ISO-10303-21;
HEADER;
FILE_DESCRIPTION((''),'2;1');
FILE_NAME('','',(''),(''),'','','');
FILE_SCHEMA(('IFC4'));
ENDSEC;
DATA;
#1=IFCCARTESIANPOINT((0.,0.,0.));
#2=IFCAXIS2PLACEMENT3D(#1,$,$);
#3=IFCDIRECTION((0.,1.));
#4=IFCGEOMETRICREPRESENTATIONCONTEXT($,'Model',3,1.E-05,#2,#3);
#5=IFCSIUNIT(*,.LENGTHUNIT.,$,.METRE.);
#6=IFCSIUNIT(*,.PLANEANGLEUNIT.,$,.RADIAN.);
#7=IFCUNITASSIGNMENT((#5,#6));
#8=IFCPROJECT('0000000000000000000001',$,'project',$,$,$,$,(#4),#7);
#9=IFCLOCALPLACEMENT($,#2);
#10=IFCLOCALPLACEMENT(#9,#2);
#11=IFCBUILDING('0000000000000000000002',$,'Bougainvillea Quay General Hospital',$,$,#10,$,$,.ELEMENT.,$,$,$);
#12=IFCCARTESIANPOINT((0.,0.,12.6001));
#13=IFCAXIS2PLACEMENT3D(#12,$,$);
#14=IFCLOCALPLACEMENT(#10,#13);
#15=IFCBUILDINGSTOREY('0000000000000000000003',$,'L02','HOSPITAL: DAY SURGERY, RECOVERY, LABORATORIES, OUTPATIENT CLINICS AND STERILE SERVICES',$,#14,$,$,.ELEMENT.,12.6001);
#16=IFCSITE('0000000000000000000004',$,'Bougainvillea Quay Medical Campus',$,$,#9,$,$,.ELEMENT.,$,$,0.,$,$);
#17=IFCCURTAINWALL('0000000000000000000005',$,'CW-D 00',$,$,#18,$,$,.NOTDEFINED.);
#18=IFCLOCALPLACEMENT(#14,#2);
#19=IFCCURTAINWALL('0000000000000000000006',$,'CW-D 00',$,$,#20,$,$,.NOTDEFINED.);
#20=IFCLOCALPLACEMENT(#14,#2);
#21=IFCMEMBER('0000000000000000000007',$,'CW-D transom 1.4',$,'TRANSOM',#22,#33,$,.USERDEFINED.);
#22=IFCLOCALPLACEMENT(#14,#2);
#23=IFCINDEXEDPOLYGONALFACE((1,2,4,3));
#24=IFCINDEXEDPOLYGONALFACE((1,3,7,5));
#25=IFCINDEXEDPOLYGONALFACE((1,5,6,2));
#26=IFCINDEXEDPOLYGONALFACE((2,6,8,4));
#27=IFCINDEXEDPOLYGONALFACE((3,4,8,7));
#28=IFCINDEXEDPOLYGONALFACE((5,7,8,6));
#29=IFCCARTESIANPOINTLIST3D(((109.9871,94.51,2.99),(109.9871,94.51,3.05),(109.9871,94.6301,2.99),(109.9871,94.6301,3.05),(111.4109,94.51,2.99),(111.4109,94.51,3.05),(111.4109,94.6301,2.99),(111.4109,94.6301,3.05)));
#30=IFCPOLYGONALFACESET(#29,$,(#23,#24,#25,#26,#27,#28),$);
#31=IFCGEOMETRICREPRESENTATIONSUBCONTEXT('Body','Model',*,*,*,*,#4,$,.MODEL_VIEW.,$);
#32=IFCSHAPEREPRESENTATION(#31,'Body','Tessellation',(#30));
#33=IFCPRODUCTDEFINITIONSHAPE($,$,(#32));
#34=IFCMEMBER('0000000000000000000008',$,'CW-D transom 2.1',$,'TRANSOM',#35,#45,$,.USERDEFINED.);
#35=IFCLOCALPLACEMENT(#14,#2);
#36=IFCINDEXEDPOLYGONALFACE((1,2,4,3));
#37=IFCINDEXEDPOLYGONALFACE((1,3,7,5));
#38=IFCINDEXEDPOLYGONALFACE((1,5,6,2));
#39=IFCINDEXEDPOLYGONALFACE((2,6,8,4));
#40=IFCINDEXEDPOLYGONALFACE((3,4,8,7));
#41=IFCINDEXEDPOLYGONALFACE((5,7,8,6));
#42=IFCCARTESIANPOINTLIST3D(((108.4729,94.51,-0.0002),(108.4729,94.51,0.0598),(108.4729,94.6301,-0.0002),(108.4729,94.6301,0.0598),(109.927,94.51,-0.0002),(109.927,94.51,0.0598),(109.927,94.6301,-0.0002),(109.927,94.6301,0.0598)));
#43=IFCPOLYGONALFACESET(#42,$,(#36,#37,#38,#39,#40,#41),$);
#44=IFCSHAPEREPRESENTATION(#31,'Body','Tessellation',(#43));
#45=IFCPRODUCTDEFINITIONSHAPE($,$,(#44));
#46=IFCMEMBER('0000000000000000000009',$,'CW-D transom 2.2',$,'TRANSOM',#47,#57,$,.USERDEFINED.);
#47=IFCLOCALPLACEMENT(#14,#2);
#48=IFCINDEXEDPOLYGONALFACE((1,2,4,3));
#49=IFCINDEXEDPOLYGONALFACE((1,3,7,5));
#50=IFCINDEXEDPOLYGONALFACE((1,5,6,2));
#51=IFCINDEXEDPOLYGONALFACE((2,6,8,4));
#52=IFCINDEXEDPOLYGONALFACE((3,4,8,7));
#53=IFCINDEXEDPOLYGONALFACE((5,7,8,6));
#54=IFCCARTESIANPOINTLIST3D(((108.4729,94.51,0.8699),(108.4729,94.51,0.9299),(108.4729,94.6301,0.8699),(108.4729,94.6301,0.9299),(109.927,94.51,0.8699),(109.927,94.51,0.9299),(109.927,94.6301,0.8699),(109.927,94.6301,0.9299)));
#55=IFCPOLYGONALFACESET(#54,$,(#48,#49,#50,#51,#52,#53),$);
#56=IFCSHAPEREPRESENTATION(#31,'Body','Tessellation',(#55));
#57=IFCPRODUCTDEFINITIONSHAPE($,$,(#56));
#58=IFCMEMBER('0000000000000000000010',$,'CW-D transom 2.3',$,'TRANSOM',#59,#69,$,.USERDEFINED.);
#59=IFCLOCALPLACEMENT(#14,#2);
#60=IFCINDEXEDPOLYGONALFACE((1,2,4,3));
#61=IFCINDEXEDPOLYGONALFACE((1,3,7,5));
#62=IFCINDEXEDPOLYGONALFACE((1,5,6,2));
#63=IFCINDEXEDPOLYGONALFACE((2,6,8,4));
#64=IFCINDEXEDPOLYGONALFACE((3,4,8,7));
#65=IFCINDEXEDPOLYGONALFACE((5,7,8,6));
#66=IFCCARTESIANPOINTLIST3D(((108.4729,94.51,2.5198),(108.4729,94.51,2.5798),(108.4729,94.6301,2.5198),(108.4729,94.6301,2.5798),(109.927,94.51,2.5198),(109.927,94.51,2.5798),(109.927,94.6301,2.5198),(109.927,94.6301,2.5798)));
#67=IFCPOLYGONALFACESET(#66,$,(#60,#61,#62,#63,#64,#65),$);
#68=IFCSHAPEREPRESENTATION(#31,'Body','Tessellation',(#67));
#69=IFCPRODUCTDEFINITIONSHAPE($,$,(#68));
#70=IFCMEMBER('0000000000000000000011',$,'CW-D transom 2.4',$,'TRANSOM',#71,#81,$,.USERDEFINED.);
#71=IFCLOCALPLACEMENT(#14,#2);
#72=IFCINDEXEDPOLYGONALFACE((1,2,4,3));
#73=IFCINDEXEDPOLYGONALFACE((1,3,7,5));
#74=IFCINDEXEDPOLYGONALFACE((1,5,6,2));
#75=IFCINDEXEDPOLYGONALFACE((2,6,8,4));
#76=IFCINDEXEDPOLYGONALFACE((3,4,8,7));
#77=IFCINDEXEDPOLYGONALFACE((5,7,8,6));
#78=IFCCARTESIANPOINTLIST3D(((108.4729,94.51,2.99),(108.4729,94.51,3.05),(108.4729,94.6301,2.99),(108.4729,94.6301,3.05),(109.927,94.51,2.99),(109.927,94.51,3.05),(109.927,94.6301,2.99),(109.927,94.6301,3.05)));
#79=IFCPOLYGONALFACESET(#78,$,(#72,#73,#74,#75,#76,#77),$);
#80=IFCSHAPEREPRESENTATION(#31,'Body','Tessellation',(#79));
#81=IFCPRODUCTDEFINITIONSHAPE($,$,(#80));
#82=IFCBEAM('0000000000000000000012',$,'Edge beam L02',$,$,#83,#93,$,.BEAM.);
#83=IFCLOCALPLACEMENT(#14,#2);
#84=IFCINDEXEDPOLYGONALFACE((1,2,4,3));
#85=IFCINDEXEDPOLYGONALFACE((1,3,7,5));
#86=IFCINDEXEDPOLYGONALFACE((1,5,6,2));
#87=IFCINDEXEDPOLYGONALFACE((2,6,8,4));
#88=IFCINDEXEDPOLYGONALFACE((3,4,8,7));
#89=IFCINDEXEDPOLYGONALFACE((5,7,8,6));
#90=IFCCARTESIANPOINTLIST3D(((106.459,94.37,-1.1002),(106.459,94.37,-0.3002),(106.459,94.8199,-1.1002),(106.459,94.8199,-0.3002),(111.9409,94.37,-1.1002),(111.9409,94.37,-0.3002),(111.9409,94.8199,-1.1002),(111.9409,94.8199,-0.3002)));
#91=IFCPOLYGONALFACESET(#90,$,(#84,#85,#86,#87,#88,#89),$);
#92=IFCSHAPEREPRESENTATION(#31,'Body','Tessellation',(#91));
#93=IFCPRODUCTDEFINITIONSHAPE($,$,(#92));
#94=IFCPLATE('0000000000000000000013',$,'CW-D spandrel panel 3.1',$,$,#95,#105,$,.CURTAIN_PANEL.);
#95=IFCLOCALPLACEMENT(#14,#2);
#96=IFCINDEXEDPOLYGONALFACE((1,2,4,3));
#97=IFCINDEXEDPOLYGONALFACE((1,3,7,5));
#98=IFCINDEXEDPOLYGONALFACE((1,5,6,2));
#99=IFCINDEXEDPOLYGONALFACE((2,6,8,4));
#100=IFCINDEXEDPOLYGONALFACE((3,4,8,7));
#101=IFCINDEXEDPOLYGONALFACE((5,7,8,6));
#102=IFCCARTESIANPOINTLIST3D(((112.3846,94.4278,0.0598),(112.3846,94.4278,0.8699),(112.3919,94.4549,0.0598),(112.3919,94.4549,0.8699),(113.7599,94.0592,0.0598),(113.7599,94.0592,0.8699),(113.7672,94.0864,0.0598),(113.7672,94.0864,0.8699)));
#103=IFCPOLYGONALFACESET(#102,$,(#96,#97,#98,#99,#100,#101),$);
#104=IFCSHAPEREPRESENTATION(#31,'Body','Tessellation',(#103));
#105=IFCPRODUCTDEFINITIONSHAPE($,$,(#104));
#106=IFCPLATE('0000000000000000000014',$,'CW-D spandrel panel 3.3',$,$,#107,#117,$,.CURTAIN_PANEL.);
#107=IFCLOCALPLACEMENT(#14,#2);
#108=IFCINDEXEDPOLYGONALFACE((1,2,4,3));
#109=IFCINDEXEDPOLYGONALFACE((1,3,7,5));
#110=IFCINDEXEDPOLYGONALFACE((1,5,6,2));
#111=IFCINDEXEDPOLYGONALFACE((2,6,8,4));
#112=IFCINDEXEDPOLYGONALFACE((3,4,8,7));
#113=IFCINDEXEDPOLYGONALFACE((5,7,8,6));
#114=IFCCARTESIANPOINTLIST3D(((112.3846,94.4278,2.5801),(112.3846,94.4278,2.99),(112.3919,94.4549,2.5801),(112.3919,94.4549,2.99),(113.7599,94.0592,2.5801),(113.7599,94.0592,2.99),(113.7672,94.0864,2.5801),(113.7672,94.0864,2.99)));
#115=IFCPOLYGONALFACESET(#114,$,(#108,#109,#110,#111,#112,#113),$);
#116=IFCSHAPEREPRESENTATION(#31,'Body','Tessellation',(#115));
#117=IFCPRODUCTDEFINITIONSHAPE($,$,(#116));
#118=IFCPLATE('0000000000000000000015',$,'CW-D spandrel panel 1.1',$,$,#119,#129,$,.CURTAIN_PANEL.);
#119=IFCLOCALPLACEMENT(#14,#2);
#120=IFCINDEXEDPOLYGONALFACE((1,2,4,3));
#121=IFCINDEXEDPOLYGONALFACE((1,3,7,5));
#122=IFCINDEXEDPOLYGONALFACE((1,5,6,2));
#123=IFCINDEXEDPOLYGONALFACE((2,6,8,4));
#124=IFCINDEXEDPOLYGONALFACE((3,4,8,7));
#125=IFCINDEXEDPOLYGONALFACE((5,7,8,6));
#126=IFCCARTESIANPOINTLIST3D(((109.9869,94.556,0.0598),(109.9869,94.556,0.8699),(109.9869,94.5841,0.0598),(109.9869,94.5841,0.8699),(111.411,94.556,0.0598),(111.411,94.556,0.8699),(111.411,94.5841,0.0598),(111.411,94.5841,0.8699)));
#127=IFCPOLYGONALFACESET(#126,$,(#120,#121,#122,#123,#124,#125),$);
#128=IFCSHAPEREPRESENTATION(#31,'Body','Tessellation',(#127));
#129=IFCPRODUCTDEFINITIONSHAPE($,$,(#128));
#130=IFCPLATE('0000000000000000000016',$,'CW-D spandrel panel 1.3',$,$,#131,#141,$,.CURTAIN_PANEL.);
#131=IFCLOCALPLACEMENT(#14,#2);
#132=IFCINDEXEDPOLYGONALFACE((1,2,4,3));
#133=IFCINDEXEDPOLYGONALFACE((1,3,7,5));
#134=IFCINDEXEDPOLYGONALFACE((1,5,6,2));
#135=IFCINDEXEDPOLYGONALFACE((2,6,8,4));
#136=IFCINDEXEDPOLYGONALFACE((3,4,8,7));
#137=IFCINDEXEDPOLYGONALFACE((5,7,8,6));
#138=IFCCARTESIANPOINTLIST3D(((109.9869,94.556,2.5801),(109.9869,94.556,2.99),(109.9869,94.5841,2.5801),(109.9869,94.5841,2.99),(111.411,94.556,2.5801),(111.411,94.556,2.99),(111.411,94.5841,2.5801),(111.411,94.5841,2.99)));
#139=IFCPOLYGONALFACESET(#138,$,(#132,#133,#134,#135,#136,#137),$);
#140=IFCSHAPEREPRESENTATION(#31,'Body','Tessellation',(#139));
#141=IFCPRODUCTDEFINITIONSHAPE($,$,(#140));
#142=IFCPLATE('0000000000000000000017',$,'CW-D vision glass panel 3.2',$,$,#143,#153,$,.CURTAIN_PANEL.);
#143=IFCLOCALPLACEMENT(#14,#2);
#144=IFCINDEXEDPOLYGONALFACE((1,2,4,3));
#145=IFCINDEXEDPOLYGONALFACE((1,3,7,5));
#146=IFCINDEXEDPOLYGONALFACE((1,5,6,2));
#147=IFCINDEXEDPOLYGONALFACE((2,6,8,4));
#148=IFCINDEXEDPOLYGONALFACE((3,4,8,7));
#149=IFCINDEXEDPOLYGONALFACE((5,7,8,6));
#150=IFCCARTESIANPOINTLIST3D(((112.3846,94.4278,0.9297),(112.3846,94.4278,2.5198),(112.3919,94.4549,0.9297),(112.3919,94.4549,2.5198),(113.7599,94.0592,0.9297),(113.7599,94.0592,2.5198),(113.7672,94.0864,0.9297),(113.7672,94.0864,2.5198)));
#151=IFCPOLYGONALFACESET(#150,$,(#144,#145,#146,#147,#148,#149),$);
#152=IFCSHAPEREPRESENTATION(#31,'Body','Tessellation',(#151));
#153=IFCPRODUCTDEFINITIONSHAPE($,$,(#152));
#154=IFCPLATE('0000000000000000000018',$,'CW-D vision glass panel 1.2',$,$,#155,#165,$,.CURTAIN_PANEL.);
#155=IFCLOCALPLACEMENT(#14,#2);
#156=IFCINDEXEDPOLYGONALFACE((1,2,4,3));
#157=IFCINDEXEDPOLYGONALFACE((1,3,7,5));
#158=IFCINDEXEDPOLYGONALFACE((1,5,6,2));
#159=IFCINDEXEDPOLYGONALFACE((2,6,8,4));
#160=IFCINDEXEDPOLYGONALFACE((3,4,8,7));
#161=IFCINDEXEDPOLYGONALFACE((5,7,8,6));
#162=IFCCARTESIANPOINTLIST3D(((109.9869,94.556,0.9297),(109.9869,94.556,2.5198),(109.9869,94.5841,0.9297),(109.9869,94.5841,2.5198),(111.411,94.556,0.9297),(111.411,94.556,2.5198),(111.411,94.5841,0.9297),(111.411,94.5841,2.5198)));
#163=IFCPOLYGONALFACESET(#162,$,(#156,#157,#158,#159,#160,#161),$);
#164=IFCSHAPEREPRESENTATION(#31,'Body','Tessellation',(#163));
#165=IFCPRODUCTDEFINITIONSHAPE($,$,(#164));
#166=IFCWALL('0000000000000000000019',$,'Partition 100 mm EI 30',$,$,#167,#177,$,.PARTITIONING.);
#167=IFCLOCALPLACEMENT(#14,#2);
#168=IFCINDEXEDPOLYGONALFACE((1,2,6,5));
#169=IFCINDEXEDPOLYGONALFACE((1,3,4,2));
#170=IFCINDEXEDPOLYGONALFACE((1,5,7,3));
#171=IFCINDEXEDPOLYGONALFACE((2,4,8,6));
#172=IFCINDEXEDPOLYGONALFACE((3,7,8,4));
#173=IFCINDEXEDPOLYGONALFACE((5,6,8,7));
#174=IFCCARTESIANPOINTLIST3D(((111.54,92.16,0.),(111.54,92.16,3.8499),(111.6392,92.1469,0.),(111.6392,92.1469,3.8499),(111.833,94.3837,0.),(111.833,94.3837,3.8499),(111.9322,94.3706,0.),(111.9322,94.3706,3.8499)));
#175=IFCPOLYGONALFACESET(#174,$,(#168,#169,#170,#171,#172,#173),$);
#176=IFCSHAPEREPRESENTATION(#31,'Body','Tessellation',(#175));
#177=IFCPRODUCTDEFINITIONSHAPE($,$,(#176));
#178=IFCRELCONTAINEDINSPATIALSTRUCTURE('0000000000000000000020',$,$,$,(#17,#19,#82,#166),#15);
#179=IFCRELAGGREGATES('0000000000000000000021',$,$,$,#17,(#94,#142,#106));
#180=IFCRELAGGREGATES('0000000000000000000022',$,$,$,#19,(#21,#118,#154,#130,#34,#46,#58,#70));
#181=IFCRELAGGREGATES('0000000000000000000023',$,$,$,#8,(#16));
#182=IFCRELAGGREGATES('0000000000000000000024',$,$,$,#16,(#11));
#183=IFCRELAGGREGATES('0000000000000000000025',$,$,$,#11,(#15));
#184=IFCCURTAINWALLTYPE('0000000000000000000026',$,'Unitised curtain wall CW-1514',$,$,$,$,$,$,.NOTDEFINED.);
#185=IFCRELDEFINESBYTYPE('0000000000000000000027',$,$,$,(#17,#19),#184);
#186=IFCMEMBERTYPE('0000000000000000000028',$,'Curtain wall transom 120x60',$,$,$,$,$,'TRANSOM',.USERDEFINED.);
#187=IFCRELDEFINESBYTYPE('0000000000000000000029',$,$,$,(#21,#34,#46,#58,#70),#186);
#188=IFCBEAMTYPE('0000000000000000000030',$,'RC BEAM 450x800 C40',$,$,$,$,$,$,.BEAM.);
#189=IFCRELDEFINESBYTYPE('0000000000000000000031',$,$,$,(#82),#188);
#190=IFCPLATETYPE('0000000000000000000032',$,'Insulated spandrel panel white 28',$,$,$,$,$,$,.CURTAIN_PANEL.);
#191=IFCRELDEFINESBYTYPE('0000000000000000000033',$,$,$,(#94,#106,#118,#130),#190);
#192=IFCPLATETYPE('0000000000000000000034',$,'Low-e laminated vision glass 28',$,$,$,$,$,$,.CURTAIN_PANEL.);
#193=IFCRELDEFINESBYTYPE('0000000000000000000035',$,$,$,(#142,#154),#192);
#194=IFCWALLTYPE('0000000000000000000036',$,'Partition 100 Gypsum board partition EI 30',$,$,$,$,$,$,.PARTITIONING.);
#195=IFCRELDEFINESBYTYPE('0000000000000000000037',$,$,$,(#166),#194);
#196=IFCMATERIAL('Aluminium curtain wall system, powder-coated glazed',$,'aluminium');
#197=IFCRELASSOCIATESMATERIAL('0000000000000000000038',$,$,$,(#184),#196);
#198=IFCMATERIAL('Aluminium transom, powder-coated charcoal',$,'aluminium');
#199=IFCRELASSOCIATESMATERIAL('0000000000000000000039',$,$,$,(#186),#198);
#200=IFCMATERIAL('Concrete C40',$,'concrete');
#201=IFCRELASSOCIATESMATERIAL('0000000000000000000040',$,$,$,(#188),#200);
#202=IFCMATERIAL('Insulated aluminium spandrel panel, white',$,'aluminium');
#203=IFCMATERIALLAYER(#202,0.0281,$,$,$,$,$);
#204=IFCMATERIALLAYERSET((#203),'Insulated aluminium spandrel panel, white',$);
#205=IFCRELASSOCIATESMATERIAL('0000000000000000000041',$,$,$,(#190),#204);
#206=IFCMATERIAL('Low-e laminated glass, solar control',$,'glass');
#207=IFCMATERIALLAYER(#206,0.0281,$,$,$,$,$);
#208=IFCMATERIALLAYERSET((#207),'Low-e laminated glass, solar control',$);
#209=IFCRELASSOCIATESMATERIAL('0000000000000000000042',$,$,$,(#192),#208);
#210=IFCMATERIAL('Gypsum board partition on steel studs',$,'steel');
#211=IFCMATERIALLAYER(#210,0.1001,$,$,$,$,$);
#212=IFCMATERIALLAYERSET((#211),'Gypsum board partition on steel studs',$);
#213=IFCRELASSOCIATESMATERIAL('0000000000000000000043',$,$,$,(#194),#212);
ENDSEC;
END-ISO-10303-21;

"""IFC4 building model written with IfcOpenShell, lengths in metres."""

from ifc_helpers import new_model, si_unit, direction, frame, frame_2d, origin, origin_2d, place, context, subcontext, project, spatial, rectangle, extrude, material, layer, layer_set, material_profile, profile_set, type_object, element, aggregate, save


model = new_model("IFC4")

# Units and contexts
model_context = context("Model", 3, precision=1e-05, world=origin(), true_north=direction((0.0, 1.0)))
body_context = subcontext(model_context, "Body", "Model", "MODEL_VIEW")
ifc_project = project(units=[si_unit("LENGTHUNIT", "METRE"), si_unit("PLANEANGLEUNIT", "RADIAN")], contexts=[model_context])

# Site, building, storey
site_placement = place(None, origin())
site = spatial("IfcSite", under=ifc_project, at=site_placement, Name="Bougainvillea Quay Medical Campus", CompositionType="ELEMENT", RefElevation=0.0)
building_placement = place(site_placement, origin())
building = spatial("IfcBuilding", under=site, at=building_placement, Name="Bougainvillea Quay General Hospital", CompositionType="ELEMENT")
storey_placement = place(building_placement, frame((0.0, 0.0, 12.6001)))
storey = spatial("IfcBuildingStorey", under=building, at=storey_placement, Name="L02", Description="HOSPITAL: DAY SURGERY, RECOVERY, LABORATORIES, OUTPATIENT CLINICS AND STERILE SERVICES", CompositionType="ELEMENT", Elevation=12.6001)

# Shared definitions
ifc_material_1 = material(Name="Concrete C40", Category="concrete")

# Curtain walls
ifc_material_2 = material(Name="Aluminium curtain wall system, powder-coated glazed", Category="aluminium")
curtain_wall_type = type_object("IfcCurtainWallType", Name="Unitised curtain wall CW-1514", PredefinedType="NOTDEFINED", material=ifc_material_2)
curtain_wall_1_placement = place(storey_placement, origin())
curtain_wall_1 = element("IfcCurtainWall", 1, at=curtain_wall_1_placement, inside=storey, type_object=curtain_wall_type, Name="CW-D 00", PredefinedType="NOTDEFINED")
curtain_wall_2_placement = place(storey_placement, origin())
curtain_wall_2 = element("IfcCurtainWall", 2, at=curtain_wall_2_placement, inside=storey, type_object=curtain_wall_type, Name="CW-D 00", PredefinedType="NOTDEFINED")

# Members
ifc_material_3 = material(Name="Aluminium transom, powder-coated charcoal", Category="aluminium")
ifc_material_profile_1 = material_profile(ifc_material_3, rectangle(XDim=0.1201, YDim=0.0601, at=origin_2d()))
ifc_profile_set_1 = profile_set([ifc_material_profile_1], Name="Aluminium transom, powder-coated charcoal")
member_type_1 = type_object("IfcMemberType", Name="Curtain wall transom 120x60", ElementType="TRANSOM", PredefinedType="USERDEFINED", material=ifc_profile_set_1)
member_1_placement = place(storey_placement, frame((111.4109, 94.5701, 3.02), z_axis=(-1.0, 0.0, 0.0), x_axis=(0.0, -1.0, 0.0)))
member_1 = element("IfcMember", 3, at=member_1_placement, type_object=member_type_1, Name="CW-D transom 1.4", ObjectType="TRANSOM", PredefinedType="USERDEFINED", context=body_context, shape_type="SweptSolid", body=[
    extrude(rectangle(XDim=0.1201, YDim=0.0601, at=origin_2d()), origin(), (0.0, 0.0, 1.0), 1.4238),
])
member_2_placement = place(storey_placement, frame((109.927, 94.5701, 0.0298), z_axis=(-1.0, 0.0, 0.0), x_axis=(0.0, -1.0, 0.0)))
member_2 = element("IfcMember", 4, at=member_2_placement, type_object=member_type_1, Name="CW-D transom 2.1", ObjectType="TRANSOM", PredefinedType="USERDEFINED", context=body_context, shape_type="SweptSolid", body=[
    extrude(rectangle(XDim=0.1201, YDim=0.0601, at=origin_2d()), origin(), (0.0, 0.0, 1.0), 1.4541),
])
member_3_placement = place(storey_placement, frame((109.927, 94.5701, 0.8999), z_axis=(-1.0, 0.0, 0.0), x_axis=(0.0, -1.0, 0.0)))
member_3 = element("IfcMember", 5, at=member_3_placement, type_object=member_type_1, Name="CW-D transom 2.2", ObjectType="TRANSOM", PredefinedType="USERDEFINED", context=body_context, shape_type="SweptSolid", body=[
    extrude(rectangle(XDim=0.1201, YDim=0.0601, at=origin_2d()), origin(), (0.0, 0.0, 1.0), 1.4541),
])
member_4_placement = place(storey_placement, frame((109.927, 94.5701, 2.5498), z_axis=(-1.0, 0.0, 0.0), x_axis=(0.0, -1.0, 0.0)))
member_4 = element("IfcMember", 6, at=member_4_placement, type_object=member_type_1, Name="CW-D transom 2.3", ObjectType="TRANSOM", PredefinedType="USERDEFINED", context=body_context, shape_type="SweptSolid", body=[
    extrude(rectangle(XDim=0.1201, YDim=0.0601, at=origin_2d()), origin(), (0.0, 0.0, 1.0), 1.4541),
])
member_5_placement = place(storey_placement, frame((109.927, 94.5701, 3.02), z_axis=(-1.0, 0.0, 0.0), x_axis=(0.0, -1.0, 0.0)))
member_5 = element("IfcMember", 7, at=member_5_placement, type_object=member_type_1, Name="CW-D transom 2.4", ObjectType="TRANSOM", PredefinedType="USERDEFINED", context=body_context, shape_type="SweptSolid", body=[
    extrude(rectangle(XDim=0.1201, YDim=0.0601, at=origin_2d()), origin(), (0.0, 0.0, 1.0), 1.4541),
])

# Beam
ifc_material_profile_2 = material_profile(ifc_material_1, rectangle(XDim=0.45, YDim=0.8, at=origin_2d()))
ifc_profile_set_2 = profile_set([ifc_material_profile_2], Name="Concrete C40")
beam_type = type_object("IfcBeamType", Name="RC BEAM 450x800 C40", PredefinedType="BEAM", material=ifc_profile_set_2)
beam_placement = place(storey_placement, frame((111.9409, 94.595, -0.7002), z_axis=(-1.0, 0.0, 0.0), x_axis=(0.0, -1.0, 0.0)))
element("IfcBeam", 8, at=beam_placement, inside=storey, type_object=beam_type, Name="Edge beam L02", PredefinedType="BEAM", context=body_context, shape_type="SweptSolid", body=[
    extrude(rectangle(XDim=0.45, YDim=0.8, at=origin_2d()), origin(), (0.0, 0.0, 1.0), 5.4819),
])

# Plates
ifc_material_4 = material(Name="Insulated aluminium spandrel panel, white", Category="aluminium")
ifc_layer_1 = layer(ifc_material_4, 0.0281)
ifc_layer_set_1 = layer_set([ifc_layer_1], Name="Insulated aluminium spandrel panel, white")
plate_type_1 = type_object("IfcPlateType", Name="Insulated spandrel panel white 28", PredefinedType="CURTAIN_PANEL", material=ifc_layer_set_1)
plate_1_placement = place(storey_placement, frame((113.0759, 94.2571, 0.0598), z_axis=(0.0, 0.0, 1.0), x_axis=(-0.965916, 0.258855, 0.0)))
plate_1 = element("IfcPlate", 9, at=plate_1_placement, type_object=plate_type_1, Name="CW-D spandrel panel 3.1", PredefinedType="CURTAIN_PANEL", context=body_context, shape_type="SweptSolid", body=[
    extrude(rectangle(XDim=1.4238, YDim=0.0281, at=origin_2d()), origin(), (0.0, 0.0, 1.0), 0.8101),
])
plate_2_placement = place(storey_placement, frame((113.0759, 94.2571, 2.5801), z_axis=(0.0, 0.0, 1.0), x_axis=(-0.965916, 0.258855, 0.0)))
plate_2 = element("IfcPlate", 10, at=plate_2_placement, type_object=plate_type_1, Name="CW-D spandrel panel 3.3", PredefinedType="CURTAIN_PANEL", context=body_context, shape_type="SweptSolid", body=[
    extrude(rectangle(XDim=1.4238, YDim=0.0281, at=origin_2d()), origin(), (0.0, 0.0, 1.0), 0.4099),
])
plate_3_placement = place(storey_placement, frame((110.699, 94.5701, 0.0598), z_axis=(0.0, 0.0, 1.0), x_axis=(-1.0, 0.0, 0.0)))
plate_3 = element("IfcPlate", 11, at=plate_3_placement, type_object=plate_type_1, Name="CW-D spandrel panel 1.1", PredefinedType="CURTAIN_PANEL", context=body_context, shape_type="SweptSolid", body=[
    extrude(rectangle(XDim=1.4241, YDim=0.0281, at=origin_2d()), origin(), (0.0, 0.0, 1.0), 0.8101),
])
plate_4_placement = place(storey_placement, frame((110.699, 94.5701, 2.5801), z_axis=(0.0, 0.0, 1.0), x_axis=(-1.0, 0.0, 0.0)))
plate_4 = element("IfcPlate", 12, at=plate_4_placement, type_object=plate_type_1, Name="CW-D spandrel panel 1.3", PredefinedType="CURTAIN_PANEL", context=body_context, shape_type="SweptSolid", body=[
    extrude(rectangle(XDim=1.4241, YDim=0.0281, at=origin_2d()), origin(), (0.0, 0.0, 1.0), 0.4099),
])
ifc_material_5 = material(Name="Low-e laminated glass, solar control", Category="glass")
ifc_layer_2 = layer(ifc_material_5, 0.0281)
ifc_layer_set_2 = layer_set([ifc_layer_2], Name="Low-e laminated glass, solar control")
plate_type_2 = type_object("IfcPlateType", Name="Low-e laminated vision glass 28", PredefinedType="CURTAIN_PANEL", material=ifc_layer_set_2)
plate_5_placement = place(storey_placement, frame((113.0759, 94.2571, 0.9297), z_axis=(0.0, 0.0, 1.0), x_axis=(-0.965916, 0.258855, 0.0)))
plate_5 = element("IfcPlate", 13, at=plate_5_placement, type_object=plate_type_2, Name="CW-D vision glass panel 3.2", PredefinedType="CURTAIN_PANEL", context=body_context, shape_type="SweptSolid", body=[
    extrude(rectangle(XDim=1.4238, YDim=0.0281, at=origin_2d()), origin(), (0.0, 0.0, 1.0), 1.5901),
])
aggregate(curtain_wall_1, [plate_1, plate_5, plate_2])
plate_6_placement = place(storey_placement, frame((110.699, 94.5701, 0.9297), z_axis=(0.0, 0.0, 1.0), x_axis=(-1.0, 0.0, 0.0)))
plate_6 = element("IfcPlate", 14, at=plate_6_placement, type_object=plate_type_2, Name="CW-D vision glass panel 1.2", PredefinedType="CURTAIN_PANEL", context=body_context, shape_type="SweptSolid", body=[
    extrude(rectangle(XDim=1.4241, YDim=0.0281, at=origin_2d()), origin(), (0.0, 0.0, 1.0), 1.5901),
])
aggregate(curtain_wall_2, [member_1, plate_3, plate_6, plate_4, member_2, member_3, member_4, member_5])

# Wall
ifc_material_6 = material(Name="Gypsum board partition on steel studs", Category="steel")
ifc_layer_3 = layer(ifc_material_6, 0.1001)
ifc_layer_set_3 = layer_set([ifc_layer_3], Name="Gypsum board partition on steel studs")
wall_type_1 = type_object("IfcWallType", Name="Partition 100 Gypsum board partition EI 30", PredefinedType="PARTITIONING", material=ifc_layer_set_3)
wall_1_placement = place(storey_placement, frame((111.5896, 92.1533, 0.0), z_axis=(0.0, 0.0, 1.0), x_axis=(0.130623, 0.991432, 0.0)))
element("IfcWall", 15, at=wall_1_placement, inside=storey, type_object=wall_type_1, Name="Partition 100 mm EI 30", PredefinedType="PARTITIONING", context=body_context, shape_type="SweptSolid", body=[
    extrude(rectangle(XDim=2.2429, YDim=0.1001, at=frame_2d((1.1216, 0.0))), origin(), (0.0, 0.0, 1.0), 3.8499),
])

save(model, "model.ifc")
